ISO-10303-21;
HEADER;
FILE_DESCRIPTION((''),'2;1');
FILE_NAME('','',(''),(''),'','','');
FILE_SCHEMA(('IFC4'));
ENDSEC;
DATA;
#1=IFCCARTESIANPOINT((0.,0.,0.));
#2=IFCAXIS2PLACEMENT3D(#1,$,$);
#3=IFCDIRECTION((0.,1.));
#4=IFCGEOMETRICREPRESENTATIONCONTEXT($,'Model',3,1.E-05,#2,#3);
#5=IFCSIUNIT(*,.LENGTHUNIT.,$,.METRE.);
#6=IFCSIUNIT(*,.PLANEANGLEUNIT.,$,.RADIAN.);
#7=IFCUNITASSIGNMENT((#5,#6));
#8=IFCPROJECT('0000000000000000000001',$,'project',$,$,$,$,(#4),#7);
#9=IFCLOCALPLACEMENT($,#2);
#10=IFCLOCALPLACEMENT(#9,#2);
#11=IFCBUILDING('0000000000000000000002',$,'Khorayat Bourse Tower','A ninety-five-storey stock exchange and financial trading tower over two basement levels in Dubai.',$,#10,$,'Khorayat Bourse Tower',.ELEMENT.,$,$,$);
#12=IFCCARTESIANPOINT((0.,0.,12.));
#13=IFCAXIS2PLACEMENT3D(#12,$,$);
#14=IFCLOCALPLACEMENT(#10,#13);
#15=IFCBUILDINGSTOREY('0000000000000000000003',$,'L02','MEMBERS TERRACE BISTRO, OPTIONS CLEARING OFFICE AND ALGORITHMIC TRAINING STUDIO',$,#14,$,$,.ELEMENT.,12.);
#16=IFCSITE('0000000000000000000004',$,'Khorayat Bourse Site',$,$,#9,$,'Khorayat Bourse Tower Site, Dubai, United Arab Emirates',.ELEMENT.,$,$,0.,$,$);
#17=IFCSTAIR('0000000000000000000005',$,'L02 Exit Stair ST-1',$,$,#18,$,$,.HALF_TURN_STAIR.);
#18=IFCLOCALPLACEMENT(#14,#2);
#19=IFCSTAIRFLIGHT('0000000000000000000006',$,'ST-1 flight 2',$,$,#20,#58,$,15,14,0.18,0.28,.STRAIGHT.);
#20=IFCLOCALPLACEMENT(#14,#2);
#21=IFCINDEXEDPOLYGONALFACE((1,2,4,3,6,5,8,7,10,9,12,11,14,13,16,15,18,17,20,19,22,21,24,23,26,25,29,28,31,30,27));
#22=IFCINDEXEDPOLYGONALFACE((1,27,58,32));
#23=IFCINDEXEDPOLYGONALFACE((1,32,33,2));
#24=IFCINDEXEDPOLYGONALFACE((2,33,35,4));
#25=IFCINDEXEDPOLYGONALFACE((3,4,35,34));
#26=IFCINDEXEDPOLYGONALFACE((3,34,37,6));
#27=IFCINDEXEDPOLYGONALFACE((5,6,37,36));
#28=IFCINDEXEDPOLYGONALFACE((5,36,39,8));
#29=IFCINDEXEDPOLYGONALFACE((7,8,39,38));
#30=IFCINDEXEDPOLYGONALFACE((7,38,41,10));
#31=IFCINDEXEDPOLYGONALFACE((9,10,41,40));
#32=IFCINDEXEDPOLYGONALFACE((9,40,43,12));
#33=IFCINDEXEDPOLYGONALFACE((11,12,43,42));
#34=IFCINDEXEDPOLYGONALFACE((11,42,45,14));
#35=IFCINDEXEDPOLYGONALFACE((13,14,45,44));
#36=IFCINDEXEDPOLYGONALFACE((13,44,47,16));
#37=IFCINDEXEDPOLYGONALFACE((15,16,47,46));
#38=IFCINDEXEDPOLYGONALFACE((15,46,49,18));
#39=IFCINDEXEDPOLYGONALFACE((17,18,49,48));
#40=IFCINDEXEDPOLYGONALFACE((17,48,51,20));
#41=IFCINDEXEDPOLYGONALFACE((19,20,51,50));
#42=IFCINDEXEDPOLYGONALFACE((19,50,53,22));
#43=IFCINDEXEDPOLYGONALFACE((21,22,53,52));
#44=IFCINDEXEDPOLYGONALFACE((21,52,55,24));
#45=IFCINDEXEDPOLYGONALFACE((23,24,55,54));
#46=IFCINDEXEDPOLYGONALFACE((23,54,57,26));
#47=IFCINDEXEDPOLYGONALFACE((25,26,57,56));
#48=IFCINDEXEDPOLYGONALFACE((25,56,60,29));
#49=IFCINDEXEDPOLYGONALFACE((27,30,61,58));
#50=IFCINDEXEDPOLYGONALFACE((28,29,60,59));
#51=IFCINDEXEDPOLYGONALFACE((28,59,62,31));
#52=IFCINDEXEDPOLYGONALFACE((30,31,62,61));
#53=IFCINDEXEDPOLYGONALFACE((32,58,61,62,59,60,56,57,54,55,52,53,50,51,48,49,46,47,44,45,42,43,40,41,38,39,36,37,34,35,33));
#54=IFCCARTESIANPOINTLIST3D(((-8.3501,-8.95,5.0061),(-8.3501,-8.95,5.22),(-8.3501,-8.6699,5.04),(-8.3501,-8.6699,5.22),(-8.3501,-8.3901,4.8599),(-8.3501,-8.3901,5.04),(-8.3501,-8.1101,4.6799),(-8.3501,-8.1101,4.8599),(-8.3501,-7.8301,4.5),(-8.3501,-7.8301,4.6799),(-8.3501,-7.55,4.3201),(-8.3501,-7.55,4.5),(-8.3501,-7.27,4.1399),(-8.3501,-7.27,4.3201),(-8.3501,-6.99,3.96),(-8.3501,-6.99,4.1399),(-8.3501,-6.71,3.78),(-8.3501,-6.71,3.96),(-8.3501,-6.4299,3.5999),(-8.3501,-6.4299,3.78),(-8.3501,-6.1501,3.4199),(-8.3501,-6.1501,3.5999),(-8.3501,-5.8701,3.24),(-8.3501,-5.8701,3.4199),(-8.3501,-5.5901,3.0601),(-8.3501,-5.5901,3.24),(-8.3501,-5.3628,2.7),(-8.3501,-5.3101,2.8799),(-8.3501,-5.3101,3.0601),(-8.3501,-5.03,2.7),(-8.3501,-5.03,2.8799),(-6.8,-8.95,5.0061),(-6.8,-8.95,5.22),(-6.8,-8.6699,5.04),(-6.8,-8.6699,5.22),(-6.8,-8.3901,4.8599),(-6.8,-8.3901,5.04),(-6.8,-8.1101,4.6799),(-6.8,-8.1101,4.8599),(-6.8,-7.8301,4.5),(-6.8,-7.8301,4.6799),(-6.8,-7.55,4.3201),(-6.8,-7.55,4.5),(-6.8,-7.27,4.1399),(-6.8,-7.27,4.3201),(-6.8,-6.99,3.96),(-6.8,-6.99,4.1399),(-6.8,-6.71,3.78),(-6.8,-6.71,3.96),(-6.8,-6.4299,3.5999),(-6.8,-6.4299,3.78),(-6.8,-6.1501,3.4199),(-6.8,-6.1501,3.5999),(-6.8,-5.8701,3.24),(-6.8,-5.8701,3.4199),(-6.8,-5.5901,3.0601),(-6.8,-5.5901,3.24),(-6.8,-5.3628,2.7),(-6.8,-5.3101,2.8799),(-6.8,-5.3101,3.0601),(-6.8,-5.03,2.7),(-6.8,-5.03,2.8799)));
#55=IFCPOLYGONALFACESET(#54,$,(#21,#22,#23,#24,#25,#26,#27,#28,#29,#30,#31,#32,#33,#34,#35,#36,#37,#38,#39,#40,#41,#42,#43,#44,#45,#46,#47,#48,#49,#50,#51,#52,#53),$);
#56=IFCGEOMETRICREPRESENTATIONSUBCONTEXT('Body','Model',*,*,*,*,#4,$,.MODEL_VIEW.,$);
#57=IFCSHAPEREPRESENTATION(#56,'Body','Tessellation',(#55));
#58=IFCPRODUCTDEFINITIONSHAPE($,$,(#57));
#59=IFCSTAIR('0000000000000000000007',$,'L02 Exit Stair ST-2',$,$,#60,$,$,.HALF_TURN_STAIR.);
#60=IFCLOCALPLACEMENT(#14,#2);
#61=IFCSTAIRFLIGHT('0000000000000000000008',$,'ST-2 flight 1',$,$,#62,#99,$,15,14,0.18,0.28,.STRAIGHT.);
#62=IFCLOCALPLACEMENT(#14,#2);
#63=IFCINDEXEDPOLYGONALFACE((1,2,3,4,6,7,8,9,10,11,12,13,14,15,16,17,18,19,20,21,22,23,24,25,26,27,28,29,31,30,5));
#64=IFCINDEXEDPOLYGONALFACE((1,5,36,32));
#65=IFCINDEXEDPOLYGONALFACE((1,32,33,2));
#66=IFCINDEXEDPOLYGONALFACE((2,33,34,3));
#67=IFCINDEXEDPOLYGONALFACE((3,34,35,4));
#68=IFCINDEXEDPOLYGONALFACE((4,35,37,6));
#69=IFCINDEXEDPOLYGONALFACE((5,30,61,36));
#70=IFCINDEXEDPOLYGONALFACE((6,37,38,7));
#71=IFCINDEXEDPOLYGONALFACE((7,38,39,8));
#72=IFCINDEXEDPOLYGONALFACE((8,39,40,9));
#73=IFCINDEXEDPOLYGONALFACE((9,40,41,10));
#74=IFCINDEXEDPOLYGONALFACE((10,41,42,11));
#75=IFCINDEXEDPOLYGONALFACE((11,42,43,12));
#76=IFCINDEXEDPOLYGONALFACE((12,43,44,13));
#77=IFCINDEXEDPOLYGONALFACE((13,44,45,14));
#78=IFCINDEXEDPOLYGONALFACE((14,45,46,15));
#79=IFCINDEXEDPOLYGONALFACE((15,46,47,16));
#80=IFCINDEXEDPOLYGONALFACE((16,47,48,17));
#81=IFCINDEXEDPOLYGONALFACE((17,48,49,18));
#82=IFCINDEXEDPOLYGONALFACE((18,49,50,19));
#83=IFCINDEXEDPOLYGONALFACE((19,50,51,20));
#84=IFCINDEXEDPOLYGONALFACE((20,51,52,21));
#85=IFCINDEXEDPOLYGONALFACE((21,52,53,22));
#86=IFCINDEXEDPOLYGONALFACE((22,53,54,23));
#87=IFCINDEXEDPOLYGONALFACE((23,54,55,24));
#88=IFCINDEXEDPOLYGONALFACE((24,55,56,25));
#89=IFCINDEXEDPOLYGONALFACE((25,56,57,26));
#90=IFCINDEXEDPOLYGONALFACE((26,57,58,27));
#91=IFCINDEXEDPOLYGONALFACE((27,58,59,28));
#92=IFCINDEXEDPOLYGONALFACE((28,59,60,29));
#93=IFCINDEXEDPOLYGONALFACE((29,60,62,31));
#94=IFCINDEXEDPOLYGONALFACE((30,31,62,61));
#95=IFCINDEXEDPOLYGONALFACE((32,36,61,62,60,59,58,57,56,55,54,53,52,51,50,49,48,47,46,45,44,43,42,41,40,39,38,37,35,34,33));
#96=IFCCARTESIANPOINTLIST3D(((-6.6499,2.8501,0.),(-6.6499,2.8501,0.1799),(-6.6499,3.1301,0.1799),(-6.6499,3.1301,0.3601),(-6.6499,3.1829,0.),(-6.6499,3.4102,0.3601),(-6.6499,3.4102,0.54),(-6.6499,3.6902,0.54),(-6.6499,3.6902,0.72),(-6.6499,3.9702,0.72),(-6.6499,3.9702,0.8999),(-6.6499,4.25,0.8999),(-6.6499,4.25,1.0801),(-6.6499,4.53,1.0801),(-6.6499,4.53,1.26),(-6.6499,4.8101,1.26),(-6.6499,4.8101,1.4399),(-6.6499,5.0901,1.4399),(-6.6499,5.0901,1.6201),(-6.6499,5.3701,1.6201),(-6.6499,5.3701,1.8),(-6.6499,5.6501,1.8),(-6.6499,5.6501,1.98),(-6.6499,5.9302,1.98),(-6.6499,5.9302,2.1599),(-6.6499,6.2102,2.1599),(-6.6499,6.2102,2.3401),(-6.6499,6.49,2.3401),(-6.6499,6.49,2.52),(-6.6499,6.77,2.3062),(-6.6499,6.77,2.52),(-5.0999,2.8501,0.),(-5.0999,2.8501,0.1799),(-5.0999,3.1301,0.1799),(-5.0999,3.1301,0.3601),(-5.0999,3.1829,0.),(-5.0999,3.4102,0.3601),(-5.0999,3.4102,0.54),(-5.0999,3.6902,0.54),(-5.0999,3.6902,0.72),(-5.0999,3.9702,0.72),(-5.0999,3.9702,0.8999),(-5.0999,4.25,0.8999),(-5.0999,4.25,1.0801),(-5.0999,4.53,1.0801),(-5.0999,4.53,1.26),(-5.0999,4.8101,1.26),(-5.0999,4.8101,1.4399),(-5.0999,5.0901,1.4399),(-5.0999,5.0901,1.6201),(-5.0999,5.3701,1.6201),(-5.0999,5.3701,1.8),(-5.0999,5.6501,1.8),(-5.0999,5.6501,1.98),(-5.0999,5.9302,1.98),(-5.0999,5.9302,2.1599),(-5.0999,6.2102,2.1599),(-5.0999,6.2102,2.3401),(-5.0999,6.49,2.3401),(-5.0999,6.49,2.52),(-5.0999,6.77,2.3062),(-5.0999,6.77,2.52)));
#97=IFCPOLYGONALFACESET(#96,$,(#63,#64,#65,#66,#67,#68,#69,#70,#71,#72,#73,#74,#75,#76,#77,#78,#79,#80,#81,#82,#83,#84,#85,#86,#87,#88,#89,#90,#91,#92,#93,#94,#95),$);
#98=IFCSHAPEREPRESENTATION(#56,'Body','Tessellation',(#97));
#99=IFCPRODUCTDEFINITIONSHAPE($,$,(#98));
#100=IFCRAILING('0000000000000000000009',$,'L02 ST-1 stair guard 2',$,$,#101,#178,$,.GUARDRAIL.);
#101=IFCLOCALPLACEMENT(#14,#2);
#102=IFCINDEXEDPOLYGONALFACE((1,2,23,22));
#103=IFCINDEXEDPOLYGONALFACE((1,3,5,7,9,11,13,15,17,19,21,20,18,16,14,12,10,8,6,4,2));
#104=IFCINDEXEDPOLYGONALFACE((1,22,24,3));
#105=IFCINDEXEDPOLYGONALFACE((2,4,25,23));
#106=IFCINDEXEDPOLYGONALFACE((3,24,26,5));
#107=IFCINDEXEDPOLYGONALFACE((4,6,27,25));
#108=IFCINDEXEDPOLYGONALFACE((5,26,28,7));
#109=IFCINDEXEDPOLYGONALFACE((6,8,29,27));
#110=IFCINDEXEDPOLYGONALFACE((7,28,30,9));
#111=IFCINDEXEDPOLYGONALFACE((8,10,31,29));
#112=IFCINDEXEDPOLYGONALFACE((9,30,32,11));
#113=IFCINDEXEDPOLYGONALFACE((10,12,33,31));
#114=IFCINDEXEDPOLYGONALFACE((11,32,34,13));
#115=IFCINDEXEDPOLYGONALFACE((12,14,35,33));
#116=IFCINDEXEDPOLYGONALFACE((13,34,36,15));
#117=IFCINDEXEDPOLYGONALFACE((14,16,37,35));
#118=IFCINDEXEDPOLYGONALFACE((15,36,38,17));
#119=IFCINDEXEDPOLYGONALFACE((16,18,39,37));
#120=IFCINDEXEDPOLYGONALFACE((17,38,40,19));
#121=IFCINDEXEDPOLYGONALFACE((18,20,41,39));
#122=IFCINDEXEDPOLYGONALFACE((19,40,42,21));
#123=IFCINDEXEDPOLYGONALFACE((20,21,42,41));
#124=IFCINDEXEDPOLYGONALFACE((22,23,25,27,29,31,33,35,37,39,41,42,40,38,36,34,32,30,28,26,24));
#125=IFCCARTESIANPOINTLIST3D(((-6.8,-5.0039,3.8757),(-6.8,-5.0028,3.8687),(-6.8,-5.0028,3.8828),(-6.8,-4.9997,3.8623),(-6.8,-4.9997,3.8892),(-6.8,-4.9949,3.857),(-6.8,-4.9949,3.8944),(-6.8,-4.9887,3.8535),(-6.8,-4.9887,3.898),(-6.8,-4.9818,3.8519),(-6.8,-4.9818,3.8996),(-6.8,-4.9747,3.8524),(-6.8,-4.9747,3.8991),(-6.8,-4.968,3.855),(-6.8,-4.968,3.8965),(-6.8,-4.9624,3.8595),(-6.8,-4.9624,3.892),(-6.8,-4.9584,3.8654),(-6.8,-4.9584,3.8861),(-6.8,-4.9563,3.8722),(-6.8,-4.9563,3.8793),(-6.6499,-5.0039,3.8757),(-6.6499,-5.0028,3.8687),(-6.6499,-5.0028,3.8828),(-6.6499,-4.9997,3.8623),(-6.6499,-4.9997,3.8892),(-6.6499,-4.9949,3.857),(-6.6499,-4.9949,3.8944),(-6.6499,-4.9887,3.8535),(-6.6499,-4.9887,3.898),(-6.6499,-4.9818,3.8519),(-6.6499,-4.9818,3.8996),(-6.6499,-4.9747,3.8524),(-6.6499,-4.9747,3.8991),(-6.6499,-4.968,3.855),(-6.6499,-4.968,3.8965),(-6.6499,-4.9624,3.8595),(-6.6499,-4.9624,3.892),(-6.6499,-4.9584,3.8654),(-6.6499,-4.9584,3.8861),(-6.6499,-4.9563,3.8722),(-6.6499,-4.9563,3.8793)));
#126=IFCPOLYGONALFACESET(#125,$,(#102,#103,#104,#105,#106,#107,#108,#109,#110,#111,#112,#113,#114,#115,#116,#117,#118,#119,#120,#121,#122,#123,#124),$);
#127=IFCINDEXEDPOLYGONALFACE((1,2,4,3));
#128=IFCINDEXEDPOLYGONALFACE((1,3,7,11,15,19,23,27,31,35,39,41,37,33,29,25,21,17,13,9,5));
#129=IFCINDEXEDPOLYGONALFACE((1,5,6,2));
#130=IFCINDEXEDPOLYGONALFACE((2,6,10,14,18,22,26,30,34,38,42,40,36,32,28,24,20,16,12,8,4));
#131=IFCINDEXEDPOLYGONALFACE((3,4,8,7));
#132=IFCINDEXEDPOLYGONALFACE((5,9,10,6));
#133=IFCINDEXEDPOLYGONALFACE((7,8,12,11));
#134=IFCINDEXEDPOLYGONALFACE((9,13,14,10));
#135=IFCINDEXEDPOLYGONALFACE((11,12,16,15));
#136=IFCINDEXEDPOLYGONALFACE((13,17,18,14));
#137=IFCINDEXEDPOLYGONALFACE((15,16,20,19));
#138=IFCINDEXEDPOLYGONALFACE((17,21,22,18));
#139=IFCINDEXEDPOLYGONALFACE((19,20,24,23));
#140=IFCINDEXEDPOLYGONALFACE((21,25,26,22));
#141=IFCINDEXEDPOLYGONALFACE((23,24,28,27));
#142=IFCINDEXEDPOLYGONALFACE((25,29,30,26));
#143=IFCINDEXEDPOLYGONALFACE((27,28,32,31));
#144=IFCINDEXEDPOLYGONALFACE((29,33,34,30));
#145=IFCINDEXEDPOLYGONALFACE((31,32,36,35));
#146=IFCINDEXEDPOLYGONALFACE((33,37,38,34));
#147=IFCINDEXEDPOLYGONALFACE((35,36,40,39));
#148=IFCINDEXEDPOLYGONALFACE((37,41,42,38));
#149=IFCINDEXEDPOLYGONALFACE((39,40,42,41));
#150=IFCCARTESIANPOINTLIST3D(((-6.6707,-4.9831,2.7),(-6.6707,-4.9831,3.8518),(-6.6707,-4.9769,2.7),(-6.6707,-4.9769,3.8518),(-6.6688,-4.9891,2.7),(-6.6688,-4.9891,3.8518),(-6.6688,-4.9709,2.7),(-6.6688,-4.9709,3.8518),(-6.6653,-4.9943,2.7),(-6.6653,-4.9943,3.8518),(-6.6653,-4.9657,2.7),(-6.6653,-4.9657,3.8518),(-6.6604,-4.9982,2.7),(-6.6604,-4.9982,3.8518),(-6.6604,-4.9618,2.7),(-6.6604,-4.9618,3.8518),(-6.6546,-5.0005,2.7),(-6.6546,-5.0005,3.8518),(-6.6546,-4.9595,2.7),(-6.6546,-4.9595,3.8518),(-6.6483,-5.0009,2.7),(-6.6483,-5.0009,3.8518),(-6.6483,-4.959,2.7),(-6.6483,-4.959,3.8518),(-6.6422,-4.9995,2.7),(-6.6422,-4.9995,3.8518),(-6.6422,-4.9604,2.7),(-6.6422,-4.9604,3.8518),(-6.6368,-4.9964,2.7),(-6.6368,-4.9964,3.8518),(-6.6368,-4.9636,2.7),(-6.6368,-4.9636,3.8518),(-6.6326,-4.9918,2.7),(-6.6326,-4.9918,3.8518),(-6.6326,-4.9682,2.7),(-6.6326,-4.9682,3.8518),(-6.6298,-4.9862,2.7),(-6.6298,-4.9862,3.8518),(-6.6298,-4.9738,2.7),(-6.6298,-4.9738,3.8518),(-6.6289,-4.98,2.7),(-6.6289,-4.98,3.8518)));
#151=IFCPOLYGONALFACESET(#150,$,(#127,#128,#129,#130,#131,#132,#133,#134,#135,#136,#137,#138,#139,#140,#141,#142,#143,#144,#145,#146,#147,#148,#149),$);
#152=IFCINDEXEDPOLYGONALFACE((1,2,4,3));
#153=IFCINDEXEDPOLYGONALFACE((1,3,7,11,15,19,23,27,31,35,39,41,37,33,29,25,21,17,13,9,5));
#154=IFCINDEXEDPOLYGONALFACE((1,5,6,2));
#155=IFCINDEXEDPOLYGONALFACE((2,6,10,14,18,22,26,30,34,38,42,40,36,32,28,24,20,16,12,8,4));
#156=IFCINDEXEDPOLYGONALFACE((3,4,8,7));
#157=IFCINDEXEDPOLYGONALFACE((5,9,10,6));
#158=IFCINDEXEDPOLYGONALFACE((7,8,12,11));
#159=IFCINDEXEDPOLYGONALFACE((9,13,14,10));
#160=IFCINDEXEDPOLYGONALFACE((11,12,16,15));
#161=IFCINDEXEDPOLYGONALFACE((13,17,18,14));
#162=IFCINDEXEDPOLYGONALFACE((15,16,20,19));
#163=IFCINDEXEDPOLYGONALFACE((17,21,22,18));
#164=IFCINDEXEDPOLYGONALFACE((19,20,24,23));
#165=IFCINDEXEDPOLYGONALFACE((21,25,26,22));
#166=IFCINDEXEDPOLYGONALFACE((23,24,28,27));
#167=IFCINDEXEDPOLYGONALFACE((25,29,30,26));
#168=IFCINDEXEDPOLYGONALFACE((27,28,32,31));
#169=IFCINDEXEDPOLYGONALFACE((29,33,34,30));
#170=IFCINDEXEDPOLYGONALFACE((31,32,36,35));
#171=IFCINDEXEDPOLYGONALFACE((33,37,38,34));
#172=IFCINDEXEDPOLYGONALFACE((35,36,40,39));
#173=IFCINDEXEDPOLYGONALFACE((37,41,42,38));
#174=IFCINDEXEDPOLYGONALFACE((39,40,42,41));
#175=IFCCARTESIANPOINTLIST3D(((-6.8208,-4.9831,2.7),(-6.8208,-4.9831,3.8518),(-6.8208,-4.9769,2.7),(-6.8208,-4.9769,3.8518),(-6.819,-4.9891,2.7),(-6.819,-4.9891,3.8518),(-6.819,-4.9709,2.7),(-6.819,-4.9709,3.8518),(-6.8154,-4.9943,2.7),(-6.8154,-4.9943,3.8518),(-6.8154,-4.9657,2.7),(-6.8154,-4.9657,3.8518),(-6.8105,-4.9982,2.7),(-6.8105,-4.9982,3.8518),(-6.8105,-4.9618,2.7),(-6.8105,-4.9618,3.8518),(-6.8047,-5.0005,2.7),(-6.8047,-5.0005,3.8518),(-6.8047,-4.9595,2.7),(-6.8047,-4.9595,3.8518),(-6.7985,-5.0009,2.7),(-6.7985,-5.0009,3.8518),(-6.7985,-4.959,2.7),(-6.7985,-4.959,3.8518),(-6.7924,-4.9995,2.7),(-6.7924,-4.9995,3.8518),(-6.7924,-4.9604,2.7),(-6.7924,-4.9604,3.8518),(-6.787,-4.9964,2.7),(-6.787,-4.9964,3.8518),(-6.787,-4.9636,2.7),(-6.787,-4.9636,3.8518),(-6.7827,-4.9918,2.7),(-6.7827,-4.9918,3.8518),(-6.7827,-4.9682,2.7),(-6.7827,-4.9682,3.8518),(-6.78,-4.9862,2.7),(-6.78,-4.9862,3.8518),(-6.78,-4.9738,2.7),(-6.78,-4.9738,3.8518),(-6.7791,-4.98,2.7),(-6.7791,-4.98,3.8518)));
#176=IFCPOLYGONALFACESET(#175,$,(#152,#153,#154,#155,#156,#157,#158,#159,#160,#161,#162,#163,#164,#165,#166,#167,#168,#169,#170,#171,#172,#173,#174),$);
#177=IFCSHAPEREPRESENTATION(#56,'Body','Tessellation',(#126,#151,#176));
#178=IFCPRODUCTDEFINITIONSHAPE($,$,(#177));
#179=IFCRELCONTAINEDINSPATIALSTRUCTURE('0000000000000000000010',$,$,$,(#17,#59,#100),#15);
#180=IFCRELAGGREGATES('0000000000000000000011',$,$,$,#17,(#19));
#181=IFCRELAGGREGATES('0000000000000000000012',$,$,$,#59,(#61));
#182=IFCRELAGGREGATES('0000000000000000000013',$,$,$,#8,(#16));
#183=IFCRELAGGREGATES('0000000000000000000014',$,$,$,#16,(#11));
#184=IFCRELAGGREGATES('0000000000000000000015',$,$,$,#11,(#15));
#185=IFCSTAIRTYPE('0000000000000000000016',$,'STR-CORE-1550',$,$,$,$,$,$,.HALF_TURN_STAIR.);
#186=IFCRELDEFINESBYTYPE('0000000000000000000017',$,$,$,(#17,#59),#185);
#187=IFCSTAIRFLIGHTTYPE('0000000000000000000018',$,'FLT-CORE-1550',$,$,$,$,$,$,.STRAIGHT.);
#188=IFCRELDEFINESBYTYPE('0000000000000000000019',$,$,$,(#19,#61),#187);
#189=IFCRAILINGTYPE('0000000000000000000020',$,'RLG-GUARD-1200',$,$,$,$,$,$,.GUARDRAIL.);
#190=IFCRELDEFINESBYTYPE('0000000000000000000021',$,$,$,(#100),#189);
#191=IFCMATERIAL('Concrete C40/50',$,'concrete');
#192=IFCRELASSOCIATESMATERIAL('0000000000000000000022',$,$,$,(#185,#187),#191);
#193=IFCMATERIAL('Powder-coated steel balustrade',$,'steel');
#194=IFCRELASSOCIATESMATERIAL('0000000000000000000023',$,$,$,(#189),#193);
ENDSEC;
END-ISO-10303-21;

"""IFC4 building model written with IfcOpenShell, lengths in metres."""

from ifc_helpers import new_model, si_unit, direction, frame, origin, origin_2d, place, context, subcontext, project, spatial, polyline, circle, outline, extrude, source, transform, mapped, material, type_object, element, aggregate, save


model = new_model("IFC4")

# Units and contexts
model_context = context("Model", 3, precision=1e-05, world=origin(), true_north=direction((0.0, 1.0)))
body_context = subcontext(model_context, "Body", "Model", "MODEL_VIEW")
ifc_project = project(units=[si_unit("LENGTHUNIT", "METRE"), si_unit("PLANEANGLEUNIT", "RADIAN")], contexts=[model_context])

# Site, building, storey
site_placement = place(None, origin())
site = spatial("IfcSite", under=ifc_project, at=site_placement, Name="Khorayat Bourse Site", LongName="Khorayat Bourse Tower Site, Dubai, United Arab Emirates", CompositionType="ELEMENT", RefElevation=0.0)
building_placement = place(site_placement, origin())
building = spatial("IfcBuilding", under=site, at=building_placement, Name="Khorayat Bourse Tower", Description="A ninety-five-storey stock exchange and financial trading tower over two basement levels in Dubai.", LongName="Khorayat Bourse Tower", CompositionType="ELEMENT")
storey_placement = place(building_placement, frame((0.0, 0.0, 12.0)))
storey = spatial("IfcBuildingStorey", under=building, at=storey_placement, Name="L02", Description="MEMBERS TERRACE BISTRO, OPTIONS CLEARING OFFICE AND ALGORITHMIC TRAINING STUDIO", CompositionType="ELEMENT", Elevation=12.0)

# Stairs, stair flights
ifc_material_1 = material(Name="Concrete C40/50", Category="concrete")
stair_type = type_object("IfcStairType", Name="STR-CORE-1550", PredefinedType="HALF_TURN_STAIR", material=ifc_material_1)
stair_1_placement = place(storey_placement, origin())
stair_1 = element("IfcStair", 1, at=stair_1_placement, inside=storey, type_object=stair_type, Name="L02 Exit Stair ST-1", PredefinedType="HALF_TURN_STAIR")
stair_flight_type = type_object("IfcStairFlightType", Name="FLT-CORE-1550", PredefinedType="STRAIGHT", material=ifc_material_1)
shared_shape_1 = source(origin(), body_context, "Body", "SweptSolid", [
    extrude(outline(polyline([(0.0, 0.0), (0.0, 0.1799), (0.28, 0.1799), (0.28, 0.3601), (0.5601, 0.3601), (0.5601, 0.54), (0.8401, 0.54), (0.8401, 0.72), (1.1201, 0.72), (1.1201, 0.8999), (1.3999, 0.8999), (1.3999, 1.0801), (1.6799, 1.0801), (1.6799, 1.26), (1.96, 1.26), (1.96, 1.4399), (2.24, 1.4399), (2.24, 1.6201), (2.52, 1.6201), (2.52, 1.8), (2.8, 1.8), (2.8, 1.98), (3.0801, 1.98), (3.0801, 2.1599), (3.3601, 2.1599), (3.3601, 2.3401), (3.6399, 2.3401), (3.6399, 2.52), (3.9199, 2.52), (3.9199, 2.7), (3.9199, 2.3062), (0.3328, 0.0), (0.0, 0.0)])), frame((0.0, 0.7749, 0.0), z_axis=(0.0, -1.0, 0.0), x_axis=(1.0, 0.0, 0.0)), (0.0, 0.0, 1.0), 1.55),
])
stair_flight_1_placement = place(storey_placement, frame((-7.575, -5.03, 2.7), z_axis=(0.0, 0.0, 1.0), x_axis=(0.0, -1.0, 0.0)))
stair_flight_1 = element("IfcStairFlight", 2, at=stair_flight_1_placement, type_object=stair_flight_type, Name="ST-1 flight 2", NumberOfRisers=15, NumberOfTreads=14, PredefinedType="STRAIGHT", RiserHeight=0.18, TreadLength=0.28, context=body_context, shape_type="MappedRepresentation", body=[
    mapped(shared_shape_1, transform((0.0, 0.0, 0.0), scale=1.0)),
])
aggregate(stair_1, [stair_flight_1])
stair_2_placement = place(storey_placement, origin())
stair_2 = element("IfcStair", 3, at=stair_2_placement, inside=storey, type_object=stair_type, Name="L02 Exit Stair ST-2", PredefinedType="HALF_TURN_STAIR")
stair_flight_2_placement = place(storey_placement, frame((-5.875, 2.8501, 0.0), z_axis=(0.0, 0.0, 1.0), x_axis=(0.0, 1.0, 0.0)))
stair_flight_2 = element("IfcStairFlight", 4, at=stair_flight_2_placement, type_object=stair_flight_type, Name="ST-2 flight 1", NumberOfRisers=15, NumberOfTreads=14, PredefinedType="STRAIGHT", RiserHeight=0.18, TreadLength=0.28, context=body_context, shape_type="MappedRepresentation", body=[
    mapped(shared_shape_1, transform((0.0, 0.0, 0.0), scale=1.0)),
])
aggregate(stair_2, [stair_flight_2])

# Railing
ifc_material_2 = material(Name="Powder-coated steel balustrade", Category="steel")
railing_type_1 = type_object("IfcRailingType", Name="RLG-GUARD-1200", PredefinedType="GUARDRAIL", material=ifc_material_2)
shared_shape_2 = source(origin(), body_context, "Body", "SweptSolid", [
    extrude(circle(Radius=0.0239, at=origin_2d()), frame((0.0, 0.0, 1.1758), z_axis=(-1.0, 0.0, 0.0), x_axis=(0.0, -1.0, 0.0)), (0.0, 0.0, 1.0), 0.1501),
    extrude(circle(Radius=0.021, at=origin_2d()), origin(), (0.0, 0.0, 1.0), 1.1519),
    extrude(circle(Radius=0.021, at=origin_2d()), frame((-0.1501, 0.0, 0.0)), (0.0, 0.0, 1.0), 1.1519),
])
for number, where, name in (
    (5, (-6.6499, -4.98, 2.7), "L02 ST-1 stair guard 2"),
):
    element("IfcRailing", number, at=place(storey_placement, frame(where)), inside=storey, type_object=railing_type_1, Name=name, PredefinedType="GUARDRAIL", context=body_context, shape_type="MappedRepresentation", body=[
        mapped(shared_shape_2, transform((0.0, 0.0, 0.0), scale=1.0)),
    ])

save(model, "model.ifc")
